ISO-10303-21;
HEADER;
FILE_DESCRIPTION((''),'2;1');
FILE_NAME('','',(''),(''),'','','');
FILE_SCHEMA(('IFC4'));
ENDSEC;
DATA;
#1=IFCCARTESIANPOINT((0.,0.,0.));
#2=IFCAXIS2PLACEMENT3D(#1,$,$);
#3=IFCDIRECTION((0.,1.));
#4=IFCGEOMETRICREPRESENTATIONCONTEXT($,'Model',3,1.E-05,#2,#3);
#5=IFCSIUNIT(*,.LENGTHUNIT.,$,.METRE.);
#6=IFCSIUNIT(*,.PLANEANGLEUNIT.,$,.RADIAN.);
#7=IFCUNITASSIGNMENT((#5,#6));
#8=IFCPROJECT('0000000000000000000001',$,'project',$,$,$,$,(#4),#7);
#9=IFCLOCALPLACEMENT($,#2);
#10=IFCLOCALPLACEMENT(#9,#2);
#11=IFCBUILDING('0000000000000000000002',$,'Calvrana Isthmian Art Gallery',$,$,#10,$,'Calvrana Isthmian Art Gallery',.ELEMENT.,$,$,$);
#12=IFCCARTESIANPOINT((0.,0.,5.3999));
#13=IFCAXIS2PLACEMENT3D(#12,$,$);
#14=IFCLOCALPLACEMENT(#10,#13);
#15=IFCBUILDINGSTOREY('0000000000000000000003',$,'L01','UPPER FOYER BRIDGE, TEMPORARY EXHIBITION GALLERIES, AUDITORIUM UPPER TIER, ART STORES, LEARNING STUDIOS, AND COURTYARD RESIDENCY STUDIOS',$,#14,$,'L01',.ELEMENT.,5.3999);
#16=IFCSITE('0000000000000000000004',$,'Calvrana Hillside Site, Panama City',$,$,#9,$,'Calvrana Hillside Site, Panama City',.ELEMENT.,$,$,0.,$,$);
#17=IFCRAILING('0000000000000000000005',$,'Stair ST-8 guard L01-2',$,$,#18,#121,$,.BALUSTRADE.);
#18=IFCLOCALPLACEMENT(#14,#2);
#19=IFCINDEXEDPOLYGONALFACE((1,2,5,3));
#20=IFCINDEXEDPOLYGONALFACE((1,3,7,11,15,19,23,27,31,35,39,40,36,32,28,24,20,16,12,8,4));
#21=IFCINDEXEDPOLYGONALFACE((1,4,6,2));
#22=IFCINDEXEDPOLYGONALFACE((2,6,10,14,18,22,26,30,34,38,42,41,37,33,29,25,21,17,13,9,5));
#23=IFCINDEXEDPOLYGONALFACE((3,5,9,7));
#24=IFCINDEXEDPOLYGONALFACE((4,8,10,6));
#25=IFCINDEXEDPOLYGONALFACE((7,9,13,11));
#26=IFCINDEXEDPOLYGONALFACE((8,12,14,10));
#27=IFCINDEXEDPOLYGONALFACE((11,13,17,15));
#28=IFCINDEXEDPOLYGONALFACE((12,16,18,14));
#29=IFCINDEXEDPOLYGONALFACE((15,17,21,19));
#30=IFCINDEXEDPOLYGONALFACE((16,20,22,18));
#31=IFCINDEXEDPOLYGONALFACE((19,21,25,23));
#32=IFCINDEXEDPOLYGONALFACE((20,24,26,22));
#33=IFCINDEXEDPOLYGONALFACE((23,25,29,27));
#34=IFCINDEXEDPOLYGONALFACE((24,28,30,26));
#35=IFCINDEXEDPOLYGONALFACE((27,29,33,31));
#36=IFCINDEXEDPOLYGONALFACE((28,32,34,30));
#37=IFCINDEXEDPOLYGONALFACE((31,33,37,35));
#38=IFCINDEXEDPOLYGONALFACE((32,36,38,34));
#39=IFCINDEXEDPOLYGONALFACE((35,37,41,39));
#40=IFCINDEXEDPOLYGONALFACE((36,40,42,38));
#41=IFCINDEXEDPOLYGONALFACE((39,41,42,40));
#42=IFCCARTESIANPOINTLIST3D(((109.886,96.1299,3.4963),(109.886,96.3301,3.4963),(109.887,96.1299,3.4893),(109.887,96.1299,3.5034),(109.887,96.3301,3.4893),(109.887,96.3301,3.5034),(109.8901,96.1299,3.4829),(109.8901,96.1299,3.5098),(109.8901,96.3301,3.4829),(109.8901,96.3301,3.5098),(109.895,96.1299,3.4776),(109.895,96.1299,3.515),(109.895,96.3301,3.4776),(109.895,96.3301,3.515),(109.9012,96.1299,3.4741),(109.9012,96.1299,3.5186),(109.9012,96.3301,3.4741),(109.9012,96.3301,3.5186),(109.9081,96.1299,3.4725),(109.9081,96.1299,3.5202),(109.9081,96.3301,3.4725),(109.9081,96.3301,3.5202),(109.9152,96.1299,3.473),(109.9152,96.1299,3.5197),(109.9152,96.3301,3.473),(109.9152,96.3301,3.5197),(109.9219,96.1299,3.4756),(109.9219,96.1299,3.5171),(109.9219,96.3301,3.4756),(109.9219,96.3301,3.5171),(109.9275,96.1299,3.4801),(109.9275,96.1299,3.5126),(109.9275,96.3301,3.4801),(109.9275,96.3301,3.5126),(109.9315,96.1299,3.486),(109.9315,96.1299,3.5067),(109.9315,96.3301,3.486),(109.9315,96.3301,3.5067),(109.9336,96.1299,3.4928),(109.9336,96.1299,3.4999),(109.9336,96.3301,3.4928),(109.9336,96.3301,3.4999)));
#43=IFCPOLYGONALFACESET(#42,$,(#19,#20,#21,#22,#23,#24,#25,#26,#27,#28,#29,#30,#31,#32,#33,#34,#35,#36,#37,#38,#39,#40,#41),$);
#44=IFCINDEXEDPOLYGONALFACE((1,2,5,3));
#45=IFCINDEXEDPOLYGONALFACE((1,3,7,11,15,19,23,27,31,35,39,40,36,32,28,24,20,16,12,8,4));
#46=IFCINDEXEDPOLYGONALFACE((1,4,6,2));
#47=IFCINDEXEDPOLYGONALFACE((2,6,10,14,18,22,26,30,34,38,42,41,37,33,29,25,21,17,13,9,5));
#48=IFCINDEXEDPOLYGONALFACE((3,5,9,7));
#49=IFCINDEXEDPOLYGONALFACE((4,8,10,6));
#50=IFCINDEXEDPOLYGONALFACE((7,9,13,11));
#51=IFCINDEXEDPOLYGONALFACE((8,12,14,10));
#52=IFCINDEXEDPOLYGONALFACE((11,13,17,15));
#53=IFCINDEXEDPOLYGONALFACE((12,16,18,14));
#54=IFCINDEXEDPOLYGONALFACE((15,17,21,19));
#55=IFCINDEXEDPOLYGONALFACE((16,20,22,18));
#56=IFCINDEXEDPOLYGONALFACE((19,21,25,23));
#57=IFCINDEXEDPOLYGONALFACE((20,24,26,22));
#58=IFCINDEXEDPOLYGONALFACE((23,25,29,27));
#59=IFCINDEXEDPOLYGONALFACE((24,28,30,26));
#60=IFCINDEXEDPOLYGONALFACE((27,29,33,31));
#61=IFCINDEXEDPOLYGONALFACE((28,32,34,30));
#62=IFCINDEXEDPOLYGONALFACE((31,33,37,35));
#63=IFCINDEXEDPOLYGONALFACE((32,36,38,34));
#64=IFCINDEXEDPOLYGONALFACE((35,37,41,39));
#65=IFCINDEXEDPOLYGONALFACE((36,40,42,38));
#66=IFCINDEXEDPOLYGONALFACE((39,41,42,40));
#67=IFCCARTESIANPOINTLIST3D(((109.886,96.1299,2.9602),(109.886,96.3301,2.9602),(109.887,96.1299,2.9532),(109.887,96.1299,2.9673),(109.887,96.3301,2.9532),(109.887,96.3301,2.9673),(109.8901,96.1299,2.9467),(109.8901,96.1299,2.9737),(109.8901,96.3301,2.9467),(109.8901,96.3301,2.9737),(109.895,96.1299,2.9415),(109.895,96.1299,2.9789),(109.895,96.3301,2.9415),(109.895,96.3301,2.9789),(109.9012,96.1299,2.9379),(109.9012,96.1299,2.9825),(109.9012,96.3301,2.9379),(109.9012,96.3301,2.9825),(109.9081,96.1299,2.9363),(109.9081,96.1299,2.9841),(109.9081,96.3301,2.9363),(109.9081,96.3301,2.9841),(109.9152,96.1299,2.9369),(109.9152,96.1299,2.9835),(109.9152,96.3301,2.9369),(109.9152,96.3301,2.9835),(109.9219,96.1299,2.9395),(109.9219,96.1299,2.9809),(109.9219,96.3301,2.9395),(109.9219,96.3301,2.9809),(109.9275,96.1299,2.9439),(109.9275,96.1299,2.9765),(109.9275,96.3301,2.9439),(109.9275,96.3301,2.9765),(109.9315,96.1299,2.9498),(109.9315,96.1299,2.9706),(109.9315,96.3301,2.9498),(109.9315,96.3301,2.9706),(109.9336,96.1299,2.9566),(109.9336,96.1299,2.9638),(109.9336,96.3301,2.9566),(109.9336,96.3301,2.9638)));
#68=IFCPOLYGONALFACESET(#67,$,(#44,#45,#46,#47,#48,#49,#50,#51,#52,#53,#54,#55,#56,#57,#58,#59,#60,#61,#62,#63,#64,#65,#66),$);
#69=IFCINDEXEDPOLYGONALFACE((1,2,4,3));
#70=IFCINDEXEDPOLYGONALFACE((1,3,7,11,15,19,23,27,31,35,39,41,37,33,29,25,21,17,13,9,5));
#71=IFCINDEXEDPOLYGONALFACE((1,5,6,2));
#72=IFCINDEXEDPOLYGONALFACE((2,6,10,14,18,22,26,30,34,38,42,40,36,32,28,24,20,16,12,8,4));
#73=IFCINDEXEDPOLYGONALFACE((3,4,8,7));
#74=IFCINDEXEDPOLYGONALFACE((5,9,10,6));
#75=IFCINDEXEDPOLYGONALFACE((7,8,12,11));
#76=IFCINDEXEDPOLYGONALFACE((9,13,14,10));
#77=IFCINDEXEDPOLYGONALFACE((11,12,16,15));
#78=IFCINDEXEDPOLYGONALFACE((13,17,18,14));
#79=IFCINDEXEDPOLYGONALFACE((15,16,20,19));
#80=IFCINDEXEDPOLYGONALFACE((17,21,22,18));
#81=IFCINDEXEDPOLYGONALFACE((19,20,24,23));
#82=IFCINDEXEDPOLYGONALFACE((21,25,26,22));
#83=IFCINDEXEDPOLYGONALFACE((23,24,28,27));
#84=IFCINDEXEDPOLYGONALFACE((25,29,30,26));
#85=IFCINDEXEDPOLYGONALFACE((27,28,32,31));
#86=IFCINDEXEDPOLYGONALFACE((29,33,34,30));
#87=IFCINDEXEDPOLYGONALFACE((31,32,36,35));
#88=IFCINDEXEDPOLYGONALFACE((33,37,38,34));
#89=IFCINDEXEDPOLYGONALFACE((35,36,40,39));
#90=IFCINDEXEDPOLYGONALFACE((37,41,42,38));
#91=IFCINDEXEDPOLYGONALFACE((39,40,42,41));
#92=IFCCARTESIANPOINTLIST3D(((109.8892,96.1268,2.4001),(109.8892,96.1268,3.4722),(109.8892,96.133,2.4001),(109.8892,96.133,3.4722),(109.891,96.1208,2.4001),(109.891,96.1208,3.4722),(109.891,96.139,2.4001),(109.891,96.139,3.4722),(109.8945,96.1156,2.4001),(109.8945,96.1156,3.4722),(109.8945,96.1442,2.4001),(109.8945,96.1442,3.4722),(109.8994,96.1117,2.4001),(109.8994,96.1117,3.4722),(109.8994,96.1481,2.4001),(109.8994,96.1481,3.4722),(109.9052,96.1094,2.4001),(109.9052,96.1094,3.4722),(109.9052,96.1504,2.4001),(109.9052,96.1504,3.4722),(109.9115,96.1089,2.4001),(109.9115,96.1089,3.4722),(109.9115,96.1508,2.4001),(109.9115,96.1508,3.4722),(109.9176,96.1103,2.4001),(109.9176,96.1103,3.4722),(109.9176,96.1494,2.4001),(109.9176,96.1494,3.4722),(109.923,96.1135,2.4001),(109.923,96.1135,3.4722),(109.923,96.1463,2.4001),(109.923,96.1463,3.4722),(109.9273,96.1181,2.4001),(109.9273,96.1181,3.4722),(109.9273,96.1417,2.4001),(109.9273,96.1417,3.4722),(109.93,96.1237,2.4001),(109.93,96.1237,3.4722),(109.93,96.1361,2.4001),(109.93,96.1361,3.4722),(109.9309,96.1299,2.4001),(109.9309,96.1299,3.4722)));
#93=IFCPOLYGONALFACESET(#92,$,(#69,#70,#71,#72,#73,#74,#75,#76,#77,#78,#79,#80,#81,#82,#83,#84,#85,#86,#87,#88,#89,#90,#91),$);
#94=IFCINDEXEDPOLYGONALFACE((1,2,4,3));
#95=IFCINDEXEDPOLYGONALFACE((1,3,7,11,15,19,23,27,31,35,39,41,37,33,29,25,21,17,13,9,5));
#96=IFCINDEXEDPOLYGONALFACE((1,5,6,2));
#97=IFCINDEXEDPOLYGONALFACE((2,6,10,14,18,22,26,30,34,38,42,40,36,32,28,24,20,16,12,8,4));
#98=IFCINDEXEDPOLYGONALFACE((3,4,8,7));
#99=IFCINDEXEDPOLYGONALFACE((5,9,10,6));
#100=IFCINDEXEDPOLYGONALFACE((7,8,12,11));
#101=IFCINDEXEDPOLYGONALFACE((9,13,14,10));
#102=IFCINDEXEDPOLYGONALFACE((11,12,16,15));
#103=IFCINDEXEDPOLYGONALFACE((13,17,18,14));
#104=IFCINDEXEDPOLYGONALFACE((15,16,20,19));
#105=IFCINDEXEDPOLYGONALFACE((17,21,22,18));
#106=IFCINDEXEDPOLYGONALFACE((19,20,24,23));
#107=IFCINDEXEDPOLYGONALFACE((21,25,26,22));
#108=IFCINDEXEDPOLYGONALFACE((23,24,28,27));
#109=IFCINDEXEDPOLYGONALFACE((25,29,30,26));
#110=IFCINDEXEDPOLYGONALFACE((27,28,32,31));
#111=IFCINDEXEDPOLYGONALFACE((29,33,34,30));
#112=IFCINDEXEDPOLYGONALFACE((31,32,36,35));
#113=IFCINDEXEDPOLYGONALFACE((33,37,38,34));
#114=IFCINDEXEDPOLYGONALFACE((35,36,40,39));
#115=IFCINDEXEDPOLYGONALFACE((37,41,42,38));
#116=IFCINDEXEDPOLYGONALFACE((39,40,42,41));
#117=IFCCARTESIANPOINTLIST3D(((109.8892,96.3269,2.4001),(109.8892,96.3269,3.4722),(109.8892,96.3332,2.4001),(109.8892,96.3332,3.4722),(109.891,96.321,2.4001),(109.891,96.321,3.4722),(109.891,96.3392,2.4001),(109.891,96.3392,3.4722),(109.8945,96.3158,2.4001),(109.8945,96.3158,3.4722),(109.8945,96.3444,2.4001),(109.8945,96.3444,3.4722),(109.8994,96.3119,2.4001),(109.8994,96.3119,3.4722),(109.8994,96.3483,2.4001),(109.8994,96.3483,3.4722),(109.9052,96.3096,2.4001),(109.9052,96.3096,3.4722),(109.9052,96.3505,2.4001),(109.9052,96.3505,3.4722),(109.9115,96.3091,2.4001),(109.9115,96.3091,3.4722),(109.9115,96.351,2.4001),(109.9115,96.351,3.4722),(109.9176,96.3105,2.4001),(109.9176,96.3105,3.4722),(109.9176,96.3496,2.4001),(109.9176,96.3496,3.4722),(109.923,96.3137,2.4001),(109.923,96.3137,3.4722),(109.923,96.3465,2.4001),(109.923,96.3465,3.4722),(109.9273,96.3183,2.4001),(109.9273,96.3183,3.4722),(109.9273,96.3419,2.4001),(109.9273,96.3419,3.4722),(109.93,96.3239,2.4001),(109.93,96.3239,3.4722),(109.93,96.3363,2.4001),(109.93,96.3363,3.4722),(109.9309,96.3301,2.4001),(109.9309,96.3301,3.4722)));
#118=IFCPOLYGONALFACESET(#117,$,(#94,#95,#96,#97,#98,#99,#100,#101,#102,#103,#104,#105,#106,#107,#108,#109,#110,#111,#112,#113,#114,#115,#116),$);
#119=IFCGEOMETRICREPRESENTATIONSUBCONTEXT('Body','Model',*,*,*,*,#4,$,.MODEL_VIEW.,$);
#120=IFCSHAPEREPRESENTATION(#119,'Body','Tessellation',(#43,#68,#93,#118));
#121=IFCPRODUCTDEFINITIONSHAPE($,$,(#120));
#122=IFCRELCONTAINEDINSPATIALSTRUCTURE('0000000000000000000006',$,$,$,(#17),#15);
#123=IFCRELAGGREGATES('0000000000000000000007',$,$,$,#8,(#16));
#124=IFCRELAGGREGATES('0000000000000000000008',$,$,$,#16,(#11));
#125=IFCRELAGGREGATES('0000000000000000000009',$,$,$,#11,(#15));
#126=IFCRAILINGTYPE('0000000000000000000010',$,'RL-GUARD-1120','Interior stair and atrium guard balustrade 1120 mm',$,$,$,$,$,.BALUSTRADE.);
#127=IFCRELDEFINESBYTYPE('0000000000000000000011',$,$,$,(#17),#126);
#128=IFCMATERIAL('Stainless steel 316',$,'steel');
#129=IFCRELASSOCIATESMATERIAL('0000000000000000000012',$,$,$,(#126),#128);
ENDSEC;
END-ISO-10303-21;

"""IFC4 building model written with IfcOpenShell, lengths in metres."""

from ifc_helpers import new_model, si_unit, direction, frame, origin, origin_2d, place, context, subcontext, project, spatial, circle, extrude, material, type_object, element, save


model = new_model("IFC4")

# Units and contexts
model_context = context("Model", 3, precision=1e-05, world=origin(), true_north=direction((0.0, 1.0)))
body_context = subcontext(model_context, "Body", "Model", "MODEL_VIEW")
ifc_project = project(units=[si_unit("LENGTHUNIT", "METRE"), si_unit("PLANEANGLEUNIT", "RADIAN")], contexts=[model_context])

# Site, building, storey
site_placement = place(None, origin())
site = spatial("IfcSite", under=ifc_project, at=site_placement, Name="Calvrana Hillside Site, Panama City", LongName="Calvrana Hillside Site, Panama City", CompositionType="ELEMENT", RefElevation=0.0)
building_placement = place(site_placement, origin())
building = spatial("IfcBuilding", under=site, at=building_placement, Name="Calvrana Isthmian Art Gallery", LongName="Calvrana Isthmian Art Gallery", CompositionType="ELEMENT")
storey_placement = place(building_placement, frame((0.0, 0.0, 5.3999)))
storey = spatial("IfcBuildingStorey", under=building, at=storey_placement, Name="L01", Description="UPPER FOYER BRIDGE, TEMPORARY EXHIBITION GALLERIES, AUDITORIUM UPPER TIER, ART STORES, LEARNING STUDIOS, AND COURTYARD RESIDENCY STUDIOS", LongName="L01", CompositionType="ELEMENT", Elevation=5.3999)

# Railing
ifc_material_1 = material(Name="Stainless steel 316", Category="steel")
railing_type_1 = type_object("IfcRailingType", Name="RL-GUARD-1120", Description="Interior stair and atrium guard balustrade 1120 mm", PredefinedType="BALUSTRADE", material=ifc_material_1)
railing_1_placement = place(storey_placement, frame((109.9099, 96.1299, 2.4001)))
element("IfcRailing", 1, at=railing_1_placement, inside=storey, type_object=railing_type_1, Name="Stair ST-8 guard L01-2", PredefinedType="BALUSTRADE", context=body_context, shape_type="SweptSolid", body=[
    extrude(circle(Radius=0.0239, at=origin_2d()), frame((0.0, 0.0, 1.0962), z_axis=(0.0, 1.0, 0.0), x_axis=(-1.0, 0.0, 0.0)), (0.0, 0.0, 1.0), 0.2002),
    extrude(circle(Radius=0.0239, at=origin_2d()), frame((0.0, 0.0, 0.5601), z_axis=(0.0, 1.0, 0.0), x_axis=(-1.0, 0.0, 0.0)), (0.0, 0.0, 1.0), 0.2002),
    extrude(circle(Radius=0.021, at=origin_2d()), origin(), (0.0, 0.0, 1.0), 1.072),
    extrude(circle(Radius=0.021, at=origin_2d()), frame((0.0, 0.2002, 0.0)), (0.0, 0.0, 1.0), 1.072),
])

save(model, "model.ifc")
